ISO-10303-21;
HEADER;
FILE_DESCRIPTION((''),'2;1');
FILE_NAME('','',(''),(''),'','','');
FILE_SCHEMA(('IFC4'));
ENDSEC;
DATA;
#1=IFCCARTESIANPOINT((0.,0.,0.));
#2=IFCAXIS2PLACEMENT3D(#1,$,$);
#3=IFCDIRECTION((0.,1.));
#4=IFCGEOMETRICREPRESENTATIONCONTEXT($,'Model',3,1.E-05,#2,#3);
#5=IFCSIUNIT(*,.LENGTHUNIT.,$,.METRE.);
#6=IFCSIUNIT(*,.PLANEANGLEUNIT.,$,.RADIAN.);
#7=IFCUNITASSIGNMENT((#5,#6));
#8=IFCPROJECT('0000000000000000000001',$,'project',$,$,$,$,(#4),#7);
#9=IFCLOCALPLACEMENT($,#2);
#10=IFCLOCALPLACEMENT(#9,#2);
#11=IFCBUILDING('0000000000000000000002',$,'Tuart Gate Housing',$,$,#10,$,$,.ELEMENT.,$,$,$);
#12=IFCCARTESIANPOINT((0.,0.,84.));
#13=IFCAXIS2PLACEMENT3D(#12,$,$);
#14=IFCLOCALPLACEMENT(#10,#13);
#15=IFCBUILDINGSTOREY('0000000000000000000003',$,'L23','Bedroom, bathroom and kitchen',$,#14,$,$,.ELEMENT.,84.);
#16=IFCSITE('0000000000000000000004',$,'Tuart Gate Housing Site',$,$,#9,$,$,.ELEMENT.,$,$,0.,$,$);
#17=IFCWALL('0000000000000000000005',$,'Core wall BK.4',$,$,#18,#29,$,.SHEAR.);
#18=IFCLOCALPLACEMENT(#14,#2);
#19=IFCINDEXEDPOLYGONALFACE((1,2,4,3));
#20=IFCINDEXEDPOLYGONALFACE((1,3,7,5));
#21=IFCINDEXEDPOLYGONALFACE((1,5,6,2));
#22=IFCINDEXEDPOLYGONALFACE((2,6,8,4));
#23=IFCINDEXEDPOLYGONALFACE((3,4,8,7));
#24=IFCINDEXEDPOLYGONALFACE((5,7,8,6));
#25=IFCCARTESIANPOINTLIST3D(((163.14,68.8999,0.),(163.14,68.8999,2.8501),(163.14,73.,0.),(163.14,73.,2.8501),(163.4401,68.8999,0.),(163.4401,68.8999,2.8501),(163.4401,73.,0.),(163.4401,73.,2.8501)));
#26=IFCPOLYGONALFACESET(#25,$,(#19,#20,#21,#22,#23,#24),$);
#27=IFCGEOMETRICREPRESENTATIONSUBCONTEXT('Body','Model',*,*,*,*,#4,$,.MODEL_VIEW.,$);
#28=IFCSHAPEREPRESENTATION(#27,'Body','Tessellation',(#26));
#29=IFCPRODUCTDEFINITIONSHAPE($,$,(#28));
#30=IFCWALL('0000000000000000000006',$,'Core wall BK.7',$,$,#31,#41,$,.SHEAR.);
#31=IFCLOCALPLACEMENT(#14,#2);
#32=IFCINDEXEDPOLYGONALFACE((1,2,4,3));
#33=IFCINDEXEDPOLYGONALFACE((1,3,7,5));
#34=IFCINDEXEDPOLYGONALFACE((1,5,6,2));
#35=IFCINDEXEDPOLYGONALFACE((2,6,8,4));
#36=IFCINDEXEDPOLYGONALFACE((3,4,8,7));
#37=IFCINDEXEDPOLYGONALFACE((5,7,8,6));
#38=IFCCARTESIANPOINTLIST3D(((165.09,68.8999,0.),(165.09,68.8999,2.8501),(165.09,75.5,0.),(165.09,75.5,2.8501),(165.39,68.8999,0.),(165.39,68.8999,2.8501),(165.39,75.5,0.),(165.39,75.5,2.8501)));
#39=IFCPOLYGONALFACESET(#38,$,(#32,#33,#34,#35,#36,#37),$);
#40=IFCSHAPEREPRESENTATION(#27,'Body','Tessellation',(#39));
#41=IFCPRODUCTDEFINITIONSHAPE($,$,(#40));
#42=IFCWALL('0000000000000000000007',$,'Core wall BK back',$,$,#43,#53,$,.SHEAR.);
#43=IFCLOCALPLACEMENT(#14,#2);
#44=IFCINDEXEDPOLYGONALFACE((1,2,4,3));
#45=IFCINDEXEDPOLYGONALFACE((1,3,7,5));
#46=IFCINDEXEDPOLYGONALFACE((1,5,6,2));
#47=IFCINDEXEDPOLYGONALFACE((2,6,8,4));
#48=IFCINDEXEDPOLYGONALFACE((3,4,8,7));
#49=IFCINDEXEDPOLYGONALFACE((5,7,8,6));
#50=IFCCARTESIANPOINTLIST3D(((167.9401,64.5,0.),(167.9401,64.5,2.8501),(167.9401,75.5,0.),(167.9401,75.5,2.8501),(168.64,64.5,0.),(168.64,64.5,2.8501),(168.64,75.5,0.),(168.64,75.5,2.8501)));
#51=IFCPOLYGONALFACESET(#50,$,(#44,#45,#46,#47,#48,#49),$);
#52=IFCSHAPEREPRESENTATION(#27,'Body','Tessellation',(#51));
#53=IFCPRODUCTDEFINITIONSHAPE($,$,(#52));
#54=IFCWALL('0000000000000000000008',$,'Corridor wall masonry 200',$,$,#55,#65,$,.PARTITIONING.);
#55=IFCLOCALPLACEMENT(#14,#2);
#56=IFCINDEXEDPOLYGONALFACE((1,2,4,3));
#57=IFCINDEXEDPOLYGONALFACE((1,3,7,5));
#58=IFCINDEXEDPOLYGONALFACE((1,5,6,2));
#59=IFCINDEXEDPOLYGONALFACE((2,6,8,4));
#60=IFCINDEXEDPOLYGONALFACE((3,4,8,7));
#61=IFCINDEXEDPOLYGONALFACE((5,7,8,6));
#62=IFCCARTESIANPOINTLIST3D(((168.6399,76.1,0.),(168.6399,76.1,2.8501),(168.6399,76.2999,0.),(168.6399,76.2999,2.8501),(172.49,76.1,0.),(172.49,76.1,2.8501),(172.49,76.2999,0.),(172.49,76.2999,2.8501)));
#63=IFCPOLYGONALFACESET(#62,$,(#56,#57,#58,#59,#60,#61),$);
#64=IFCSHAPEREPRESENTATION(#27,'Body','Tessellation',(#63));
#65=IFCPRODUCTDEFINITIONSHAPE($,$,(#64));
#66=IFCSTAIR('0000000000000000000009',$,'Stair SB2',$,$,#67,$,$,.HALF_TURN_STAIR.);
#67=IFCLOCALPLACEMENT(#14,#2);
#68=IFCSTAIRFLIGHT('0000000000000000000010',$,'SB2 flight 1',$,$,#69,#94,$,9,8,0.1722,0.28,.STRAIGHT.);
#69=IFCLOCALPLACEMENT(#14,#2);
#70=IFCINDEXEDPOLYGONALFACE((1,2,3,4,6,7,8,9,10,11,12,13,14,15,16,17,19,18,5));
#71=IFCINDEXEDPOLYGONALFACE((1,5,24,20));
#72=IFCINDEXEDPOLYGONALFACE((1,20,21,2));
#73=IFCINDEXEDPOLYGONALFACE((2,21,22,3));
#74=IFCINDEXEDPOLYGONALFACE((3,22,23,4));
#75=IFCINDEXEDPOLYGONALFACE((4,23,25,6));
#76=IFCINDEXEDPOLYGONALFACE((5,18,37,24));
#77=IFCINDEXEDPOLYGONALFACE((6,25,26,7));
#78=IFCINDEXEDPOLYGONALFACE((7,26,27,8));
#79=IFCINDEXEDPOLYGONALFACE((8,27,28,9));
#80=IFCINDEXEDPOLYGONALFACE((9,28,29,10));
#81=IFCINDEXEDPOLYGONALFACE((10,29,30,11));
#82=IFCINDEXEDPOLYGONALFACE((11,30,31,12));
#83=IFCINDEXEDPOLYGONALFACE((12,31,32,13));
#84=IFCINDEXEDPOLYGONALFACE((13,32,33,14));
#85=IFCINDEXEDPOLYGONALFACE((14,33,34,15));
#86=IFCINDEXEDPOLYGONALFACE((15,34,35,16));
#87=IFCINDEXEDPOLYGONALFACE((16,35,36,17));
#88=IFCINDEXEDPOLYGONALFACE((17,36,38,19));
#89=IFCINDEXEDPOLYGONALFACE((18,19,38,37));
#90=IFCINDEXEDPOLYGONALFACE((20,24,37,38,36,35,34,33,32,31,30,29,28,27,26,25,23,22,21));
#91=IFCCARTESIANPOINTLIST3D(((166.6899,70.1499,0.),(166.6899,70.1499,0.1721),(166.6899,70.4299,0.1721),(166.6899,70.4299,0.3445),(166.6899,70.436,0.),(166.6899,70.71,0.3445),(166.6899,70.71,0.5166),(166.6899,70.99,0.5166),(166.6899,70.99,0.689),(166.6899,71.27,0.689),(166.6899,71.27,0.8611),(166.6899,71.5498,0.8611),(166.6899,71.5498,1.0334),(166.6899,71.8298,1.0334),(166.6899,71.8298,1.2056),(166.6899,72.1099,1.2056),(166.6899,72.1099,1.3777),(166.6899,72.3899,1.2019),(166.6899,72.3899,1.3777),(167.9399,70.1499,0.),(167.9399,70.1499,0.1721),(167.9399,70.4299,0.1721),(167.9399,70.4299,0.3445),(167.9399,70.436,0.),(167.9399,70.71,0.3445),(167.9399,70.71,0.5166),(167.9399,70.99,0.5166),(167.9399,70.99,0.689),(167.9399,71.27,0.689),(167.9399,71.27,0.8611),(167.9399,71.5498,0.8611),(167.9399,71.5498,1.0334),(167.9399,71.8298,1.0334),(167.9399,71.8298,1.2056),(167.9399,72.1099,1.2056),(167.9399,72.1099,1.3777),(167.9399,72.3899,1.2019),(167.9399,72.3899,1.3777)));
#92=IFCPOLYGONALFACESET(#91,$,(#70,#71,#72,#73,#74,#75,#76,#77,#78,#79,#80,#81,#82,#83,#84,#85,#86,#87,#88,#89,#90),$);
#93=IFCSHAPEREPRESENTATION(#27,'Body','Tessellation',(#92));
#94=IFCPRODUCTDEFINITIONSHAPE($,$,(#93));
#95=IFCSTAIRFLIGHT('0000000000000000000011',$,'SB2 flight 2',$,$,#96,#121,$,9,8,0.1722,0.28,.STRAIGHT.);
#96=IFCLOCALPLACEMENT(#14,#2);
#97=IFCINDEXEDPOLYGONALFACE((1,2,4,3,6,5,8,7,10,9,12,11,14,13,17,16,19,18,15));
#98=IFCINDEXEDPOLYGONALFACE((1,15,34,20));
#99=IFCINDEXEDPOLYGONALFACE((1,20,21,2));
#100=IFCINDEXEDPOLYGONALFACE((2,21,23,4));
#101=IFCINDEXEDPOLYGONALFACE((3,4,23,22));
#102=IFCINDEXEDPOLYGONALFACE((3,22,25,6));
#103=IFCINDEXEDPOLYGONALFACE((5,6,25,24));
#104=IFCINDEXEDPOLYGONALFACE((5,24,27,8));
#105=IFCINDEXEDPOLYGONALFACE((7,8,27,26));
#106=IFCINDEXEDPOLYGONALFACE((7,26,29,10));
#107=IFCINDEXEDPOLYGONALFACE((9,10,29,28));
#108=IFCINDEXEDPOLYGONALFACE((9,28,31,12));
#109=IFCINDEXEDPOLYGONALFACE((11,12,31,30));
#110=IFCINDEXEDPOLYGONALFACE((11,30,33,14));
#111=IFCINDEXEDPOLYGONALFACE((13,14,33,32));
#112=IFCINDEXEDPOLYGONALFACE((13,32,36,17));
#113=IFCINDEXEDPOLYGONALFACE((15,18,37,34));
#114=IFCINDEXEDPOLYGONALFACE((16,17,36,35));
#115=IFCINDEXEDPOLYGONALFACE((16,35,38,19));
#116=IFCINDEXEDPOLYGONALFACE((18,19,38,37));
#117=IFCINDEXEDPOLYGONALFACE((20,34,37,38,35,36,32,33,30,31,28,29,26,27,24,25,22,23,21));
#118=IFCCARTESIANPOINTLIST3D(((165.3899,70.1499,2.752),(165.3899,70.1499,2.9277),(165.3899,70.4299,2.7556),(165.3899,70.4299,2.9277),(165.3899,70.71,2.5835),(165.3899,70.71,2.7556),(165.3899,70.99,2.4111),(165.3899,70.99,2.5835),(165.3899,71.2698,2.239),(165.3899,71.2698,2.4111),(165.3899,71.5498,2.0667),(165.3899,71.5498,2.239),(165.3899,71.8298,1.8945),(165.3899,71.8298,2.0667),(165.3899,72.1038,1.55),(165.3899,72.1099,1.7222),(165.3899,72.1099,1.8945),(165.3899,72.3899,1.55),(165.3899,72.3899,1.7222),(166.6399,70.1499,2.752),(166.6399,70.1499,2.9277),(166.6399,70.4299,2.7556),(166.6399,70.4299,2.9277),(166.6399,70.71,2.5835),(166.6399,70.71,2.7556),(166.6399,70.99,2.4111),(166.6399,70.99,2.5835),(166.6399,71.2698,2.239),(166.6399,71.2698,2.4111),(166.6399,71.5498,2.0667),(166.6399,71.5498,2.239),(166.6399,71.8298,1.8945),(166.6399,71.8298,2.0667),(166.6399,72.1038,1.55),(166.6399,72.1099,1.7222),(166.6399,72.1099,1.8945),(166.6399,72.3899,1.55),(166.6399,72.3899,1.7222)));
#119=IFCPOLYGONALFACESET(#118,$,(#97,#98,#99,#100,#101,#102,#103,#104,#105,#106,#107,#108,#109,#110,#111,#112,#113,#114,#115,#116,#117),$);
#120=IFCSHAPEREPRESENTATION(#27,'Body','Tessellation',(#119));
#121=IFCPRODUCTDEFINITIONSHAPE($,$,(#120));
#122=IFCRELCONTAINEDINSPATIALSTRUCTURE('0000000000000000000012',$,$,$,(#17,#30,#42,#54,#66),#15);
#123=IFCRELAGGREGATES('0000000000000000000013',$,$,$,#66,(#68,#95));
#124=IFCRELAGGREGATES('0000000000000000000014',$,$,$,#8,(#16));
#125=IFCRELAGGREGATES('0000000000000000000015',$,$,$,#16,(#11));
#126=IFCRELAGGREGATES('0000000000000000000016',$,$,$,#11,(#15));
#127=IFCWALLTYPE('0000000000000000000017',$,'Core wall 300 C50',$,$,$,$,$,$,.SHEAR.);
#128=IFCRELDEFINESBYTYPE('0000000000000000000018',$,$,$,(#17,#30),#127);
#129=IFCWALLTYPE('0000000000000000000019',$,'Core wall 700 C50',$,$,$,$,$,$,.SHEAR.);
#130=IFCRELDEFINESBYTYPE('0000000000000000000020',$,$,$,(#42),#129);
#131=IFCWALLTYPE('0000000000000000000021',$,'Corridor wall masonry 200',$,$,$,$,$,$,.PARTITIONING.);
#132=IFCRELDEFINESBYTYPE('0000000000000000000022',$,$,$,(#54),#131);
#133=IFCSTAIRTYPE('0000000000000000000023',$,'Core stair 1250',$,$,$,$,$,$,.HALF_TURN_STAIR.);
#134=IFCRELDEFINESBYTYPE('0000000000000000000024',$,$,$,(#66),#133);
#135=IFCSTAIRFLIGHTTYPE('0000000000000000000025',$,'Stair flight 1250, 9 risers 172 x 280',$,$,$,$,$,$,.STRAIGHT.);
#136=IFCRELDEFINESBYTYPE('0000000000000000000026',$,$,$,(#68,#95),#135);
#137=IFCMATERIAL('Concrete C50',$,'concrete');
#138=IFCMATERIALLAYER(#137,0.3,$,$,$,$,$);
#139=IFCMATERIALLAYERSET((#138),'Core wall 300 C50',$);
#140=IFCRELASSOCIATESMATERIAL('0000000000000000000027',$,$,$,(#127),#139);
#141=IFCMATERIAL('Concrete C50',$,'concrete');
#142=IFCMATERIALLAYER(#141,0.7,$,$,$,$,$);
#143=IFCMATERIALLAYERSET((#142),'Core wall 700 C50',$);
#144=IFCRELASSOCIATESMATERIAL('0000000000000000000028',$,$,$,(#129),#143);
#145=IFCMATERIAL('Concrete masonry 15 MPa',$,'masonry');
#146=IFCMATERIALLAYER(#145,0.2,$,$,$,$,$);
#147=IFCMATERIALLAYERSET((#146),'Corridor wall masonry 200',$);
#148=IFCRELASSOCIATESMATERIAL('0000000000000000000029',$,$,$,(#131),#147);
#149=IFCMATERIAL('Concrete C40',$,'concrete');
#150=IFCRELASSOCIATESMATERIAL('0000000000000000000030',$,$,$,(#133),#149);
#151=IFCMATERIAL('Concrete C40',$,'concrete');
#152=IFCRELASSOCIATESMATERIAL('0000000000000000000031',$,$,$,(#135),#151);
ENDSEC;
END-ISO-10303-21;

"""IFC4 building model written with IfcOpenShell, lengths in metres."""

from ifc_helpers import new_model, si_unit, direction, frame, frame_2d, origin, place, context, subcontext, project, spatial, polyline, rectangle, outline, extrude, material, layer, layer_set, type_object, element, aggregate, save


model = new_model("IFC4")

# Units and contexts
model_context = context("Model", 3, precision=1e-05, world=origin(), true_north=direction((0.0, 1.0)))
body_context = subcontext(model_context, "Body", "Model", "MODEL_VIEW")
ifc_project = project(units=[si_unit("LENGTHUNIT", "METRE"), si_unit("PLANEANGLEUNIT", "RADIAN")], contexts=[model_context])

# Site, building, storey
site_placement = place(None, origin())
site = spatial("IfcSite", under=ifc_project, at=site_placement, Name="Tuart Gate Housing Site", CompositionType="ELEMENT", RefElevation=0.0)
building_placement = place(site_placement, origin())
building = spatial("IfcBuilding", under=site, at=building_placement, Name="Tuart Gate Housing", CompositionType="ELEMENT")
storey_placement = place(building_placement, frame((0.0, 0.0, 84.0)))
storey = spatial("IfcBuildingStorey", under=building, at=storey_placement, Name="L23", Description="Bedroom, bathroom and kitchen", CompositionType="ELEMENT", Elevation=84.0)

# Walls
ifc_material_1 = material(Name="Concrete C50", Category="concrete")
ifc_layer_1 = layer(ifc_material_1, 0.3)
ifc_layer_set_1 = layer_set([ifc_layer_1], Name="Core wall 300 C50")
wall_type_1 = type_object("IfcWallType", Name="Core wall 300 C50", PredefinedType="SHEAR", material=ifc_layer_set_1)
wall_1_placement = place(storey_placement, frame((163.29, 73.0, 0.0), z_axis=(0.0, 0.0, 1.0), x_axis=(0.0, -1.0, 0.0)))
element("IfcWall", 1, at=wall_1_placement, inside=storey, type_object=wall_type_1, Name="Core wall BK.4", PredefinedType="SHEAR", context=body_context, shape_type="SweptSolid", body=[
    extrude(rectangle(XDim=4.1001, YDim=0.3, at=frame_2d((2.05, 0.0))), origin(), (0.0, 0.0, 1.0), 2.8501),
])
wall_2_placement = place(storey_placement, frame((165.24, 75.5, 0.0), z_axis=(0.0, 0.0, 1.0), x_axis=(0.0, -1.0, 0.0)))
element("IfcWall", 2, at=wall_2_placement, inside=storey, type_object=wall_type_1, Name="Core wall BK.7", PredefinedType="SHEAR", context=body_context, shape_type="SweptSolid", body=[
    extrude(rectangle(XDim=6.6001, YDim=0.3, at=frame_2d((3.3, 0.0))), origin(), (0.0, 0.0, 1.0), 2.8501),
])
ifc_material_2 = material(Name="Concrete C50", Category="concrete")
ifc_layer_2 = layer(ifc_material_2, 0.7)
ifc_layer_set_2 = layer_set([ifc_layer_2], Name="Core wall 700 C50")
wall_type_2 = type_object("IfcWallType", Name="Core wall 700 C50", PredefinedType="SHEAR", material=ifc_layer_set_2)
wall_3_placement = place(storey_placement, frame((168.29, 75.5, 0.0), z_axis=(0.0, 0.0, 1.0), x_axis=(0.0, -1.0, 0.0)))
element("IfcWall", 3, at=wall_3_placement, inside=storey, type_object=wall_type_2, Name="Core wall BK back", PredefinedType="SHEAR", context=body_context, shape_type="SweptSolid", body=[
    extrude(rectangle(XDim=11.0, YDim=0.7, at=frame_2d((5.5, 0.0))), origin(), (0.0, 0.0, 1.0), 2.8501),
])
ifc_material_3 = material(Name="Concrete masonry 15 MPa", Category="masonry")
ifc_layer_3 = layer(ifc_material_3, 0.2)
ifc_layer_set_3 = layer_set([ifc_layer_3], Name="Corridor wall masonry 200")
wall_type_3 = type_object("IfcWallType", Name="Corridor wall masonry 200", PredefinedType="PARTITIONING", material=ifc_layer_set_3)
wall_4_placement = place(storey_placement, frame((168.6399, 76.2, 0.0), z_axis=(0.0, 0.0, 1.0), x_axis=(1.0, 0.0, 0.0)))
element("IfcWall", 4, at=wall_4_placement, inside=storey, type_object=wall_type_3, Name="Corridor wall masonry 200", PredefinedType="PARTITIONING", context=body_context, shape_type="SweptSolid", body=[
    extrude(rectangle(XDim=3.8501, YDim=0.2, at=frame_2d((1.925, 0.0))), origin(), (0.0, 0.0, 1.0), 2.8501),
])

# Stair, stair flights
ifc_material_4 = material(Name="Concrete C40", Category="concrete")
stair_type = type_object("IfcStairType", Name="Core stair 1250", PredefinedType="HALF_TURN_STAIR", material=ifc_material_4)
stair_placement = place(storey_placement, origin())
stair = element("IfcStair", 5, at=stair_placement, inside=storey, type_object=stair_type, Name="Stair SB2", PredefinedType="HALF_TURN_STAIR")
ifc_material_5 = material(Name="Concrete C40", Category="concrete")
stair_flight_type = type_object("IfcStairFlightType", Name="Stair flight 1250, 9 risers 172 x 280", PredefinedType="STRAIGHT", material=ifc_material_5)
stair_flight_1_placement = place(storey_placement, frame((167.3149, 70.1499, 0.0), z_axis=(0.0, 0.0, 1.0), x_axis=(0.0, 1.0, 0.0)))
stair_flight_1 = element("IfcStairFlight", 6, at=stair_flight_1_placement, type_object=stair_flight_type, Name="SB2 flight 1", NumberOfRisers=9, NumberOfTreads=8, PredefinedType="STRAIGHT", RiserHeight=0.1722, TreadLength=0.28, context=body_context, shape_type="SweptSolid", body=[
    extrude(outline(polyline([(0.0, 0.0), (0.0, 0.1721), (0.28, 0.1721), (0.28, 0.3445), (0.5601, 0.3445), (0.5601, 0.5166), (0.8401, 0.5166), (0.8401, 0.689), (1.1201, 0.689), (1.1201, 0.8611), (1.3999, 0.8611), (1.3999, 1.0334), (1.6799, 1.0334), (1.6799, 1.2056), (1.96, 1.2056), (1.96, 1.3777), (2.24, 1.3777), (2.24, 1.55), (2.24, 1.2019), (0.2861, 0.0), (0.0, 0.0)])), frame((0.0, 0.625, 0.0), z_axis=(0.0, -1.0, 0.0), x_axis=(1.0, 0.0, 0.0)), (0.0, 0.0, 1.0), 1.25),
])
stair_flight_2_placement = place(storey_placement, frame((166.0149, 72.3899, 1.55), z_axis=(0.0, 0.0, 1.0), x_axis=(0.0, -1.0, 0.0)))
stair_flight_2 = element("IfcStairFlight", 7, at=stair_flight_2_placement, type_object=stair_flight_type, Name="SB2 flight 2", NumberOfRisers=9, NumberOfTreads=8, PredefinedType="STRAIGHT", RiserHeight=0.1722, TreadLength=0.28, context=body_context, shape_type="SweptSolid", body=[
    extrude(outline(polyline([(0.0, 0.0), (0.0, 0.1721), (0.28, 0.1721), (0.28, 0.3445), (0.5601, 0.3445), (0.5601, 0.5166), (0.8401, 0.5166), (0.8401, 0.689), (1.1201, 0.689), (1.1201, 0.8611), (1.3999, 0.8611), (1.3999, 1.0334), (1.6799, 1.0334), (1.6799, 1.2056), (1.96, 1.2056), (1.96, 1.3777), (2.24, 1.3777), (2.24, 1.55), (2.24, 1.2019), (0.2861, 0.0), (0.0, 0.0)])), frame((0.0, 0.625, 0.0), z_axis=(0.0, -1.0, 0.0), x_axis=(1.0, 0.0, 0.0)), (0.0, 0.0, 1.0), 1.25),
])
aggregate(stair, [stair_flight_1, stair_flight_2])

save(model, "model.ifc")
